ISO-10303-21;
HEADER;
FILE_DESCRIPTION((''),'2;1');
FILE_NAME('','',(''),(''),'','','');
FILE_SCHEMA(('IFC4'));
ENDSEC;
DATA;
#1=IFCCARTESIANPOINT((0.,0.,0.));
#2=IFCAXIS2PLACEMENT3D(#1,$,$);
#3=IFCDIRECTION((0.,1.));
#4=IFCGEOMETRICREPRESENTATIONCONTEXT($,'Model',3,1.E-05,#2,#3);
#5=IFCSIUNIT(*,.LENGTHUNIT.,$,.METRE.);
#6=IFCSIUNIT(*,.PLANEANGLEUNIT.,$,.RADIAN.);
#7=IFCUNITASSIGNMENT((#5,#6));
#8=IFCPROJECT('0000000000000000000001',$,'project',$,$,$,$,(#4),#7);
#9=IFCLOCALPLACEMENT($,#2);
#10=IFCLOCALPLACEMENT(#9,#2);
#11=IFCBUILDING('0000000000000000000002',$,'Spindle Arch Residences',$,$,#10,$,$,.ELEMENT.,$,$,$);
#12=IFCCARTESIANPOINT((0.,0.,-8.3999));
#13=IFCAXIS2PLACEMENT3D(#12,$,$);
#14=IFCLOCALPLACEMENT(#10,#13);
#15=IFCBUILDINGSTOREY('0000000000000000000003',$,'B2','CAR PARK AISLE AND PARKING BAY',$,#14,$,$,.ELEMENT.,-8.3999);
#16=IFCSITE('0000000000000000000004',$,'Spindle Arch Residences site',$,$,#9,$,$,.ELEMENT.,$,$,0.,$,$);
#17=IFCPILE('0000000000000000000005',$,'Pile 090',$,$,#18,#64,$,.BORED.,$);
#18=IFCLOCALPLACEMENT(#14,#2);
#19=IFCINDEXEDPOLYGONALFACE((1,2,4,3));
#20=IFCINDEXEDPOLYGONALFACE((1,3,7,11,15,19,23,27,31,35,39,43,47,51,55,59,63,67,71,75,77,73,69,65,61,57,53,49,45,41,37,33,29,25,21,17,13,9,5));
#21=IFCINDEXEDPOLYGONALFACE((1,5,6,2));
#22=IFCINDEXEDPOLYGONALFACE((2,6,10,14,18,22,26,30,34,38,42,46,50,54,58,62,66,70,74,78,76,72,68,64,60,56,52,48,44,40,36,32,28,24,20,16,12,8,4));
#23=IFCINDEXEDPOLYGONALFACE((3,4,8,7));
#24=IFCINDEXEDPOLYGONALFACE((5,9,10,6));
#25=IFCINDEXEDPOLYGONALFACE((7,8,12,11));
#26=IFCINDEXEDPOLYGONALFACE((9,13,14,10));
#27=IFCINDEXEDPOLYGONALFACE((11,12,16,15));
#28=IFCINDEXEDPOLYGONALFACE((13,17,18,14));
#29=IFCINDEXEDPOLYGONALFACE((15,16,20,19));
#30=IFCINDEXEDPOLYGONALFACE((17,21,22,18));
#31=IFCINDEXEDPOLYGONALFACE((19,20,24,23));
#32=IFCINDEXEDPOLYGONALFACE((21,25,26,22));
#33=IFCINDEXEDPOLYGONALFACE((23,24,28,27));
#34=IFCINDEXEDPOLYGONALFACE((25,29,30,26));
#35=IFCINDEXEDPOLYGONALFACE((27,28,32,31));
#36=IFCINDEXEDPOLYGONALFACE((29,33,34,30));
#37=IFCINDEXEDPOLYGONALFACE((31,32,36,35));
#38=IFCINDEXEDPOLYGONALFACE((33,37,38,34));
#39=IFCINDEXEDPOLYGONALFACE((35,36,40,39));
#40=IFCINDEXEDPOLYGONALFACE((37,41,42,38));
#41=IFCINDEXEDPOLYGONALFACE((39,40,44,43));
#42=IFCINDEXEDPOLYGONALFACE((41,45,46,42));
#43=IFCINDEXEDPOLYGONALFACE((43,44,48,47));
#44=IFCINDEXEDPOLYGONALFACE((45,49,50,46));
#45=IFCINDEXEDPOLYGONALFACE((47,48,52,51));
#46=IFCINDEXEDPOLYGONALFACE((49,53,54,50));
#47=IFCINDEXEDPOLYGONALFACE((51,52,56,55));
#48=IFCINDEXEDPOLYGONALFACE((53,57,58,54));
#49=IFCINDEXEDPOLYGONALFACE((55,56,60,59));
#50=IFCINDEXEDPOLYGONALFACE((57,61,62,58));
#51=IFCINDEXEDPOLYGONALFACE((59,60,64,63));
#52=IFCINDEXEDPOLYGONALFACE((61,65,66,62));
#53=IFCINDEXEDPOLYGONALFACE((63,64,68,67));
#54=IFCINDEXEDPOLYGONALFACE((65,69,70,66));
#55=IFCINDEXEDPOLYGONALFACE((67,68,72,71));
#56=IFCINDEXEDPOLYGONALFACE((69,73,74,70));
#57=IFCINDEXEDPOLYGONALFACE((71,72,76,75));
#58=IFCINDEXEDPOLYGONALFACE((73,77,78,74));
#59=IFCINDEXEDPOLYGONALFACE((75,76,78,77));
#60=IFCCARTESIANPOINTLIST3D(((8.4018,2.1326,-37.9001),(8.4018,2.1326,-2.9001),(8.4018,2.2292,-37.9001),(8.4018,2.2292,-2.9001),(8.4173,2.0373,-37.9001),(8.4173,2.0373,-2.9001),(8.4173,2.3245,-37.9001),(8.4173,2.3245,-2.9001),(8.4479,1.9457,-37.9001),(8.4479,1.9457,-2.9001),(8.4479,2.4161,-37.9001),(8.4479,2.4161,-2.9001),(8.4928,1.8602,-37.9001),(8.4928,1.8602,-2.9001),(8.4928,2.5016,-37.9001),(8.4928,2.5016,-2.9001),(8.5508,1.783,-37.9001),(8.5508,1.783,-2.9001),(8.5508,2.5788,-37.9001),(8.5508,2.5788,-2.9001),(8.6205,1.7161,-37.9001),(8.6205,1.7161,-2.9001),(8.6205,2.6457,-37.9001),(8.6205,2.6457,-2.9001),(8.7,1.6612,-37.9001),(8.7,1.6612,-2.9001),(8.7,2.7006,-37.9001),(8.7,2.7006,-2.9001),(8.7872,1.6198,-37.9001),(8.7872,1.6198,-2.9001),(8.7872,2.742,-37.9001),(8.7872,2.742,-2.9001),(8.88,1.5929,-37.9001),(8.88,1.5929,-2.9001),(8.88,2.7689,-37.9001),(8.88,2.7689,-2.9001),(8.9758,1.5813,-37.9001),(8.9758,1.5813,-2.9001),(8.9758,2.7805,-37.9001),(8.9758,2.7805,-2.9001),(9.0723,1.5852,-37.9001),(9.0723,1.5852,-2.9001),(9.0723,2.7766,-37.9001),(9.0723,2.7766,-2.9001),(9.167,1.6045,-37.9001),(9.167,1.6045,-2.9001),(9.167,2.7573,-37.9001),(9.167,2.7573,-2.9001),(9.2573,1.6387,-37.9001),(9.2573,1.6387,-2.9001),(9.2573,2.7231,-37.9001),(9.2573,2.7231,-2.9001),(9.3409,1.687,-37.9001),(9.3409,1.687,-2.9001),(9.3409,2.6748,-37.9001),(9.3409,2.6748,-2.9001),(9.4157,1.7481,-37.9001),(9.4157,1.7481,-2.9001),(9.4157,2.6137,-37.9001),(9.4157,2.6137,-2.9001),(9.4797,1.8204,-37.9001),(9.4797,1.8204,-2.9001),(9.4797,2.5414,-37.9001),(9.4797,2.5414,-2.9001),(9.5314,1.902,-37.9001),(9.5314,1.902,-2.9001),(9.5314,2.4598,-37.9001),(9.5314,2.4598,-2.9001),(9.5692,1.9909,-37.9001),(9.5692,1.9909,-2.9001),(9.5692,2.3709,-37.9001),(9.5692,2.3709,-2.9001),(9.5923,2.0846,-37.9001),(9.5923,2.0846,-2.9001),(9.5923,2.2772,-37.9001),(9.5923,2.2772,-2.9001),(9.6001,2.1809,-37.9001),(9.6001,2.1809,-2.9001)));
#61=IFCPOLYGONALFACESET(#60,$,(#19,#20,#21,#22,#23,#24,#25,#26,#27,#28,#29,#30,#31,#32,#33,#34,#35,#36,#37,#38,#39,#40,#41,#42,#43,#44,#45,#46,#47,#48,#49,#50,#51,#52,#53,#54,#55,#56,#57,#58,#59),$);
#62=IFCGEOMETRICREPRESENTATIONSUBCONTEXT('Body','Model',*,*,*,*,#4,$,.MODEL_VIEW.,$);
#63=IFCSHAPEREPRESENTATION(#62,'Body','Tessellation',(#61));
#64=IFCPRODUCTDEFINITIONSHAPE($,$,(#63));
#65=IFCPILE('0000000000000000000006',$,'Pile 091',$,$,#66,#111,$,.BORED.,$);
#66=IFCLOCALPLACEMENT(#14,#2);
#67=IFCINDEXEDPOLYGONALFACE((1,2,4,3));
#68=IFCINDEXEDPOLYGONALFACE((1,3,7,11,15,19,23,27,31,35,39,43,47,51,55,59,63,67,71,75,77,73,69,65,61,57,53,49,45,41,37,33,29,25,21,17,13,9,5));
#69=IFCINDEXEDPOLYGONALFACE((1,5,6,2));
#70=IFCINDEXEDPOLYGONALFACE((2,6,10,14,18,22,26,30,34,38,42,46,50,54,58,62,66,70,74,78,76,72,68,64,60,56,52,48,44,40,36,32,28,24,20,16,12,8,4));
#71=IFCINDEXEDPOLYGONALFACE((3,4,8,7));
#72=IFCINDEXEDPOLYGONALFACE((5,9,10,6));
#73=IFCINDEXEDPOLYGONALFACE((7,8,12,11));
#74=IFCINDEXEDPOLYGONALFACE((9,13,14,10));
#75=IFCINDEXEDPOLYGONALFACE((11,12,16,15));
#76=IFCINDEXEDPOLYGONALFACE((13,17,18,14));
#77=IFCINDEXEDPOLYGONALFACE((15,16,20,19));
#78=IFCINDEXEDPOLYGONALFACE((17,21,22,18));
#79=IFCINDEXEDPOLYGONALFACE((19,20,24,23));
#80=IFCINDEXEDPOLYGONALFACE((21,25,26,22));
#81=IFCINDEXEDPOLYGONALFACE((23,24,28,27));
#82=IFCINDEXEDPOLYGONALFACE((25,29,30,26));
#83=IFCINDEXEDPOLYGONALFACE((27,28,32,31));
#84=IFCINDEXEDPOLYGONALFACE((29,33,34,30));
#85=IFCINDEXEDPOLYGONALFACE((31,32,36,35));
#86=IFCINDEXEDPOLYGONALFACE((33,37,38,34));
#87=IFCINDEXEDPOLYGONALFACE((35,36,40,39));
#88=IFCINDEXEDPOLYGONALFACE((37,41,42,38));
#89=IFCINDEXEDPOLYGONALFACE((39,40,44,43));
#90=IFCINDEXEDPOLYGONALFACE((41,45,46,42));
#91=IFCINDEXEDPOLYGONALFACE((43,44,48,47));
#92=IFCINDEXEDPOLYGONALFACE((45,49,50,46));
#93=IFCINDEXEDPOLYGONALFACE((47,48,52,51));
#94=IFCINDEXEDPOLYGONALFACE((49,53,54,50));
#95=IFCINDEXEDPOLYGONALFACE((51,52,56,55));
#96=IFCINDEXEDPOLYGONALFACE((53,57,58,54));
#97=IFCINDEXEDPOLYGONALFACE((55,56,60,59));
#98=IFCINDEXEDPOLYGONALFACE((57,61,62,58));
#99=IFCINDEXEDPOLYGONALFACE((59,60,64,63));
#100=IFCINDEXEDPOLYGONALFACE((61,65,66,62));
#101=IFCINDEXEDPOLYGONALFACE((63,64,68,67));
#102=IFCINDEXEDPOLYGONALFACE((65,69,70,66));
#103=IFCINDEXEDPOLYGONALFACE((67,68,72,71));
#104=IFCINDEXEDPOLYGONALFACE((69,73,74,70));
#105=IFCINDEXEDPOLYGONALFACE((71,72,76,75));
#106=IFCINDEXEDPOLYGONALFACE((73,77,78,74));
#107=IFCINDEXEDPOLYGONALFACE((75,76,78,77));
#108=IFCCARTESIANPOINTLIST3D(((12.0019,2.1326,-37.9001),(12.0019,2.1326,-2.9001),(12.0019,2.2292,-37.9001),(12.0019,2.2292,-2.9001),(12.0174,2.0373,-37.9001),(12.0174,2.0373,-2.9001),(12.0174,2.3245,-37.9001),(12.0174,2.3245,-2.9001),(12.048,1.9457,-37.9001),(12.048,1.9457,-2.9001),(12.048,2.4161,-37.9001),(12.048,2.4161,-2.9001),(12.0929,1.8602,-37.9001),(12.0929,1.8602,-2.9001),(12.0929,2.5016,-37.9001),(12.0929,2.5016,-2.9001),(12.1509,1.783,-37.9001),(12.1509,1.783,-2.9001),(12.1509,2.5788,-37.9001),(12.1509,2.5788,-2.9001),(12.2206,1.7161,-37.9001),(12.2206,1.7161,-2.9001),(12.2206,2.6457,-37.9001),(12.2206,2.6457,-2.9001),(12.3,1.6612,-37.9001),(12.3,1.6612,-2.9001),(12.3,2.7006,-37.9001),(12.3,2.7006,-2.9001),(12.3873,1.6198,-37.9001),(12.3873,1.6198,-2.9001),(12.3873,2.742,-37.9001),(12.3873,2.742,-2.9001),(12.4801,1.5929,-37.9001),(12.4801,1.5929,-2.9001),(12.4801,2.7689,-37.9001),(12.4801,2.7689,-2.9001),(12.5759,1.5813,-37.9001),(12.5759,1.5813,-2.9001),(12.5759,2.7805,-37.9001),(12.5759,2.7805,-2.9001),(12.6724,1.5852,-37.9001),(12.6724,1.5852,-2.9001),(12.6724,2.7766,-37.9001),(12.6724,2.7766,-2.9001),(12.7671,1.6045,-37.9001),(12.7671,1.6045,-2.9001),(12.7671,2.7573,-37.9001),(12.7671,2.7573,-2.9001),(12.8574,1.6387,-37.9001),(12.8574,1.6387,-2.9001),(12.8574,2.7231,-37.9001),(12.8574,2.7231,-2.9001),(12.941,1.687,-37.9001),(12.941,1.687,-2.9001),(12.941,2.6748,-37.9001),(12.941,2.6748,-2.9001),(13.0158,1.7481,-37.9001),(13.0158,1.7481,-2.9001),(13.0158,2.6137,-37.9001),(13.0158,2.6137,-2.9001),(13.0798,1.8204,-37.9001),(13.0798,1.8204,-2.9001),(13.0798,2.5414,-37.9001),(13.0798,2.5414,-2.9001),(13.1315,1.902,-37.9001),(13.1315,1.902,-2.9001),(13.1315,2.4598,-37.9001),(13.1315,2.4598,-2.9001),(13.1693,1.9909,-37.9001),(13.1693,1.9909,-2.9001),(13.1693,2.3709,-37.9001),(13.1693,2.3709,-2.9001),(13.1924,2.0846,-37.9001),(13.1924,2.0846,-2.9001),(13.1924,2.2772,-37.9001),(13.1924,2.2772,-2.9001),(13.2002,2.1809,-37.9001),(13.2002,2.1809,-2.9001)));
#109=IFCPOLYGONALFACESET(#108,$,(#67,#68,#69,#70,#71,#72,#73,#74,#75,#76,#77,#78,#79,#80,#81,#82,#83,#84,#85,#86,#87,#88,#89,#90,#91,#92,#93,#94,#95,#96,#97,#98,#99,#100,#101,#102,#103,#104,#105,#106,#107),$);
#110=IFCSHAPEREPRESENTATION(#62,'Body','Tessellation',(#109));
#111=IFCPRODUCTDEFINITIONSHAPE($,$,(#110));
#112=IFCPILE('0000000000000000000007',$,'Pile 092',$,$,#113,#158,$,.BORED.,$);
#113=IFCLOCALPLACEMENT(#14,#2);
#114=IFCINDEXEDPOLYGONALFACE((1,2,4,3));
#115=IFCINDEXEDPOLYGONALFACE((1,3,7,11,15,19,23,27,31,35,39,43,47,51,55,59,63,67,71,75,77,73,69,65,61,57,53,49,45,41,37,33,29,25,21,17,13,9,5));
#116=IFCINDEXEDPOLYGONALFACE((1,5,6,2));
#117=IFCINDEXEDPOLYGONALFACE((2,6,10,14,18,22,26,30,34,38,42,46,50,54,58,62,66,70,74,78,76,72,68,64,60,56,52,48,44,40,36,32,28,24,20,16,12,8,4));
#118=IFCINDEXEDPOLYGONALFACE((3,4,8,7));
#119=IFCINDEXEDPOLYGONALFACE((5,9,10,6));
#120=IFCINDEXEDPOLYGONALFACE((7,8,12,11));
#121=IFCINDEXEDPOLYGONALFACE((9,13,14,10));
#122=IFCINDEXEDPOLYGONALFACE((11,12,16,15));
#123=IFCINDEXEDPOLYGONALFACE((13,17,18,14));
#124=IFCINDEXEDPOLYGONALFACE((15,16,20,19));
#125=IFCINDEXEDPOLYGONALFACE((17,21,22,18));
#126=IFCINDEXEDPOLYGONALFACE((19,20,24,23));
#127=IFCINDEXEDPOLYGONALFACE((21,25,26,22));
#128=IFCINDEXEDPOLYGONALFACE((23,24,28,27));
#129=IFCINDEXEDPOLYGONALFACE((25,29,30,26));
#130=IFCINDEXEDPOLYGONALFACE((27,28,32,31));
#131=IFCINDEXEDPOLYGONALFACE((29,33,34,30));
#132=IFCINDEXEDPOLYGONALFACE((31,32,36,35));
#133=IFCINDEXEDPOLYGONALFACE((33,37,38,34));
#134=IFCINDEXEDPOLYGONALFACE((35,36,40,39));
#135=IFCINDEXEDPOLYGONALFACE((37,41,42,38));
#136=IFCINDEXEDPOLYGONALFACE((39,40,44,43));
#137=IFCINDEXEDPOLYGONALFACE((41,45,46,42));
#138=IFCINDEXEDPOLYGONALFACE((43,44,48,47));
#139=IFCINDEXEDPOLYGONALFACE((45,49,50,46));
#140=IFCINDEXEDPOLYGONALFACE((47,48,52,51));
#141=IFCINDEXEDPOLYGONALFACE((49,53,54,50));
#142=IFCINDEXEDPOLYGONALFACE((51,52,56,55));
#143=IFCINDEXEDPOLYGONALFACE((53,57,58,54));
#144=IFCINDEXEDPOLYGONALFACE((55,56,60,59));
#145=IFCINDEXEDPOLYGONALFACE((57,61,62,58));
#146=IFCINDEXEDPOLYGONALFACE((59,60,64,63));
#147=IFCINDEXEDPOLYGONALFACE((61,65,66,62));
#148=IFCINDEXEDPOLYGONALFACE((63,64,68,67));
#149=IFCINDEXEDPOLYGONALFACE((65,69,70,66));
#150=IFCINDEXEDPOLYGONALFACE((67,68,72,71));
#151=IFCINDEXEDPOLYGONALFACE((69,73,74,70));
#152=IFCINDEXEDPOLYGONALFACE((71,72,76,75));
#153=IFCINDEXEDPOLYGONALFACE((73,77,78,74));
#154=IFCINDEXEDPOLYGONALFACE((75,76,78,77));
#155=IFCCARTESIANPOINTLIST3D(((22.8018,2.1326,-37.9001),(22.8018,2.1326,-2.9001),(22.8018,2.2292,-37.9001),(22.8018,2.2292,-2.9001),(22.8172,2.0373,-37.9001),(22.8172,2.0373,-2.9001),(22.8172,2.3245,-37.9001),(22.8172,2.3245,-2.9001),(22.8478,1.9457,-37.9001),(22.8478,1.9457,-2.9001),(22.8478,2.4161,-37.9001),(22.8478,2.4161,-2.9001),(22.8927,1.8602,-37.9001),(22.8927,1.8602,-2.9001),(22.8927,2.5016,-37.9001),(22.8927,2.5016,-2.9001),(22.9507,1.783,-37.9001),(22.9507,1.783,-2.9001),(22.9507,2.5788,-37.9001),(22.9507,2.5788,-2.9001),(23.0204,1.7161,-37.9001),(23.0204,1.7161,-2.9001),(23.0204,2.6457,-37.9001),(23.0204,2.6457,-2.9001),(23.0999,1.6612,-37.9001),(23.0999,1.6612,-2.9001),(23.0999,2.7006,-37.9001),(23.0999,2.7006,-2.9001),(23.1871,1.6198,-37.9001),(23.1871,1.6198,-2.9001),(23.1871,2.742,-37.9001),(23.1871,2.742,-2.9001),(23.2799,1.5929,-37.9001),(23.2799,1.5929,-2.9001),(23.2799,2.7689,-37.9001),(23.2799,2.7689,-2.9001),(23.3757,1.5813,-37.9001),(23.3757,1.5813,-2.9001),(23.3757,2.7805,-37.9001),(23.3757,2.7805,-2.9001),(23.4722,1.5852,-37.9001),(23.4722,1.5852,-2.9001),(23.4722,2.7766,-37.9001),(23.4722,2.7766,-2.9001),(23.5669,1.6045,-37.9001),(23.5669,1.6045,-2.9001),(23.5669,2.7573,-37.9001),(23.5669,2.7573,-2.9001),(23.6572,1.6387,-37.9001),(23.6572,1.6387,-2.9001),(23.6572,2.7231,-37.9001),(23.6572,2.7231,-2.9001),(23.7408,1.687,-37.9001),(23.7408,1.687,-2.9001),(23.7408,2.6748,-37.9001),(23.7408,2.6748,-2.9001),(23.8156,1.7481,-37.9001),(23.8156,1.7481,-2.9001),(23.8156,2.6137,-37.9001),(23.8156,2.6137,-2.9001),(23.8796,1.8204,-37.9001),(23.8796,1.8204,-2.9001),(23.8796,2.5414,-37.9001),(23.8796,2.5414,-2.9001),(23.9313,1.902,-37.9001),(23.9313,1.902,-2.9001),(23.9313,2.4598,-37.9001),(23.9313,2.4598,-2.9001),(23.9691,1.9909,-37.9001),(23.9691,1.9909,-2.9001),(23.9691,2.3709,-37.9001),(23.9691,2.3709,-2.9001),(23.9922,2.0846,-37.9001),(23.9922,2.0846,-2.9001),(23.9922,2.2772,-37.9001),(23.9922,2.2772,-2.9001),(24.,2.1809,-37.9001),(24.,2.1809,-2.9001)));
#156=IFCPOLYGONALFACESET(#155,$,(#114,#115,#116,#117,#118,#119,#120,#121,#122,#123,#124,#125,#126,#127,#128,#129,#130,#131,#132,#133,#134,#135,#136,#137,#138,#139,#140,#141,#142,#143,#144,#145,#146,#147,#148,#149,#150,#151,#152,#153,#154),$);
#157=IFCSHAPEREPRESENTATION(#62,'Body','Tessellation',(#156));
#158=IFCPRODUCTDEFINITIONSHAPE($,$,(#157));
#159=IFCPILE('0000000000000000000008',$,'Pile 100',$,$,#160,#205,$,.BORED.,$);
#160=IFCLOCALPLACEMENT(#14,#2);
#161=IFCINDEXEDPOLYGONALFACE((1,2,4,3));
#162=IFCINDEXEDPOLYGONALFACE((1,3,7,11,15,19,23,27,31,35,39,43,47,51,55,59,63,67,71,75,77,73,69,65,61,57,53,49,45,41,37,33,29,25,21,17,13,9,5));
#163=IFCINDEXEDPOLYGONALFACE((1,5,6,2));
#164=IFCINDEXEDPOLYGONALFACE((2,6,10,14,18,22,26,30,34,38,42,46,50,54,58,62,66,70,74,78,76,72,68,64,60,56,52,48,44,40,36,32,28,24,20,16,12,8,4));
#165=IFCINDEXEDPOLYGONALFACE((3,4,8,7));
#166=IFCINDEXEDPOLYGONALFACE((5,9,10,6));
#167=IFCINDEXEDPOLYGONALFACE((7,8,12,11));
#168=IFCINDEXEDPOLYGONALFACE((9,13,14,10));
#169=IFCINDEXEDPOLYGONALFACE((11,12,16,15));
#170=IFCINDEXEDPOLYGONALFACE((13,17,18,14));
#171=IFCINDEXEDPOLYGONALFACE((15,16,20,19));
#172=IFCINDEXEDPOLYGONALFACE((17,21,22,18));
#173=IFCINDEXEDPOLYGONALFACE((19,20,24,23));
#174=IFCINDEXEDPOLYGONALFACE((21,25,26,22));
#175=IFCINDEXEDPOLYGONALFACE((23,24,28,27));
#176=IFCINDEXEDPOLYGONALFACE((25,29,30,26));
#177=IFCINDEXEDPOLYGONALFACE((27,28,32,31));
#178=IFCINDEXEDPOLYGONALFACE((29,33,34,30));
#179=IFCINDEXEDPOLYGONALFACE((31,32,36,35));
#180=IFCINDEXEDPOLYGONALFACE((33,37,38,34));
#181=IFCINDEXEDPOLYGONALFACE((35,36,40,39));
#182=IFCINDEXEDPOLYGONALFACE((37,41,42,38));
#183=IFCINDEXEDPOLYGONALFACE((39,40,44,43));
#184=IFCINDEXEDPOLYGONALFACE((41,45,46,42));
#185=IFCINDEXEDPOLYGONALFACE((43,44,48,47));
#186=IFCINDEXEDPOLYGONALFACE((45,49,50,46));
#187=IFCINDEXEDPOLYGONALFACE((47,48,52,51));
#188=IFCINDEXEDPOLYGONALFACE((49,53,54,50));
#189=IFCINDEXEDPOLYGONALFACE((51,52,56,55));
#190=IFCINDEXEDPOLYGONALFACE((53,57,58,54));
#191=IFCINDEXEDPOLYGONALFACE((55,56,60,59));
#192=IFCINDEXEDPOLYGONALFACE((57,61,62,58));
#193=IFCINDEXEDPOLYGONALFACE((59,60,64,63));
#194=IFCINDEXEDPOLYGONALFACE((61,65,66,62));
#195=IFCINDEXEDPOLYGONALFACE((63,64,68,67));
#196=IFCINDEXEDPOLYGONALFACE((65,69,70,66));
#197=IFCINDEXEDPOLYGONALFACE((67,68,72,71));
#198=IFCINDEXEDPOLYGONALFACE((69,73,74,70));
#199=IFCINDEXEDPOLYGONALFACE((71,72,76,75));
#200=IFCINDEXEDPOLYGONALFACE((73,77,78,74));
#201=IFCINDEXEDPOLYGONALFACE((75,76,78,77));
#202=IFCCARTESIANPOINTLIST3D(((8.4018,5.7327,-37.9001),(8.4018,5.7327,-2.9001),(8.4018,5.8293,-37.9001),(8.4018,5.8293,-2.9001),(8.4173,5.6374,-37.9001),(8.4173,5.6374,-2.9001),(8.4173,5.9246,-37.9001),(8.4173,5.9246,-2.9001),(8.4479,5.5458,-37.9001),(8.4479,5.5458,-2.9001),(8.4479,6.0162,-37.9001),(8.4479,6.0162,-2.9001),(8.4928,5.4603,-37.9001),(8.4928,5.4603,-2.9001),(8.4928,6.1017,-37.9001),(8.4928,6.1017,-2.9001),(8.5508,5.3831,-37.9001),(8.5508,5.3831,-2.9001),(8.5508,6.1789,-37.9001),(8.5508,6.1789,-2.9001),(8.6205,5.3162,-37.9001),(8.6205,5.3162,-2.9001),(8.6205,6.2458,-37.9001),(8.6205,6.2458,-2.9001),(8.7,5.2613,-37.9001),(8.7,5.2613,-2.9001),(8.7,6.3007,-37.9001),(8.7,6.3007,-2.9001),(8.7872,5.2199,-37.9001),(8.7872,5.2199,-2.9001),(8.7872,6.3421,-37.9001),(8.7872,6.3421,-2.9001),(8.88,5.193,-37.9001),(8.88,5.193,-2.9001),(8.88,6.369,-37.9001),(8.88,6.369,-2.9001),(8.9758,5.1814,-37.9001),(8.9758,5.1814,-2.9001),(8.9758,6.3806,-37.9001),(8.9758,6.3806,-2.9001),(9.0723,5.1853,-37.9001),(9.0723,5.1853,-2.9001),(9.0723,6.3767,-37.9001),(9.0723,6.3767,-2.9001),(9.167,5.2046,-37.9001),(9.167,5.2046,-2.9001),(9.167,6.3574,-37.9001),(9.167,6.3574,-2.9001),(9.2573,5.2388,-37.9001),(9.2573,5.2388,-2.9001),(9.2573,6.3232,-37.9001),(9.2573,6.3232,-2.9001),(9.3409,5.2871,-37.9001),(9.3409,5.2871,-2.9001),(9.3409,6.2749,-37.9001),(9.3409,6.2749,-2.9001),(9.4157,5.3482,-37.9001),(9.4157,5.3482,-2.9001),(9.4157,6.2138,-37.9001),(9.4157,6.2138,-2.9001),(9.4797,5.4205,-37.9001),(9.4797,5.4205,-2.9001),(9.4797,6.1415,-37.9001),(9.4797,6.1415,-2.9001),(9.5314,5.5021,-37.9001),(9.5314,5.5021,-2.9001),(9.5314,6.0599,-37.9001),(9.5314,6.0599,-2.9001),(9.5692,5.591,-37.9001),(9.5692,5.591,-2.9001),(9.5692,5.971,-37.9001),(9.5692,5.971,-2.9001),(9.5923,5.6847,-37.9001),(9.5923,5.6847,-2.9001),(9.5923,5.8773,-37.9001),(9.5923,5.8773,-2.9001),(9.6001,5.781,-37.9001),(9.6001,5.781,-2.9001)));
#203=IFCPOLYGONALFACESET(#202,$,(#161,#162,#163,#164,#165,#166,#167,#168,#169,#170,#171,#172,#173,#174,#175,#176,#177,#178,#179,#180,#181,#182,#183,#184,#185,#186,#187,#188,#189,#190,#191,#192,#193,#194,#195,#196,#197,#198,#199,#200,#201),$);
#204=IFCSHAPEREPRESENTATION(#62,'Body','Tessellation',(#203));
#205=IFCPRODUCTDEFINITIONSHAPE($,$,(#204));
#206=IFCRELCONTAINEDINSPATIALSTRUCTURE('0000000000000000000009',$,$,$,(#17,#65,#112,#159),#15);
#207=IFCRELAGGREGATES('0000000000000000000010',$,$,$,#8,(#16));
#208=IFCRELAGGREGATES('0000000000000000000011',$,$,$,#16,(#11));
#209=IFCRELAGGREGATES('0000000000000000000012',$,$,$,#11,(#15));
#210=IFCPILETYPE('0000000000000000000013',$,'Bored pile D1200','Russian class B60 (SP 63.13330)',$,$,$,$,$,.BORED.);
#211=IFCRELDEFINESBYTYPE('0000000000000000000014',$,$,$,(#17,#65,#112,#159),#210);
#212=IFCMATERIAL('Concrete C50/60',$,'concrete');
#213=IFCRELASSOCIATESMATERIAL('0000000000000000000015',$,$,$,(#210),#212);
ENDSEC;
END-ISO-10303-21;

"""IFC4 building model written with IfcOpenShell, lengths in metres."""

from ifc_helpers import new_model, si_unit, direction, frame, origin, origin_2d, place, context, subcontext, project, spatial, circle, extrude, material, material_profile, profile_set, type_object, element, save


model = new_model("IFC4")

# Units and contexts
model_context = context("Model", 3, precision=1e-05, world=origin(), true_north=direction((0.0, 1.0)))
body_context = subcontext(model_context, "Body", "Model", "MODEL_VIEW")
ifc_project = project(units=[si_unit("LENGTHUNIT", "METRE"), si_unit("PLANEANGLEUNIT", "RADIAN")], contexts=[model_context])

# Site, building, storey
site_placement = place(None, origin())
site = spatial("IfcSite", under=ifc_project, at=site_placement, Name="Spindle Arch Residences site", CompositionType="ELEMENT", RefElevation=0.0)
building_placement = place(site_placement, origin())
building = spatial("IfcBuilding", under=site, at=building_placement, Name="Spindle Arch Residences", CompositionType="ELEMENT")
storey_placement = place(building_placement, frame((0.0, 0.0, -8.3999)))
storey = spatial("IfcBuildingStorey", under=building, at=storey_placement, Name="B2", Description="CAR PARK AISLE AND PARKING BAY", CompositionType="ELEMENT", Elevation=-8.3999)

# Piles
ifc_material_1 = material(Name="Concrete C50/60", Category="concrete")
ifc_material_profile_1 = material_profile(ifc_material_1, circle(Radius=0.6001, at=origin_2d()), Name="BP D1200")
ifc_profile_set_1 = profile_set([ifc_material_profile_1], Name="Concrete C50/60")
pile_type = type_object("IfcPileType", Name="Bored pile D1200", Description="Russian class B60 (SP 63.13330)", PredefinedType="BORED", material=ifc_profile_set_1)
for number, where, z_axis, x_axis, name in (
    (1, (9.0, 2.1809, -2.9001), (0.0, 0.0, -1.0), (1.0, 0.0, 0.0), "Pile 090"),
    (2, (12.6001, 2.1809, -2.9001), (0.0, 0.0, -1.0), (1.0, 0.0, 0.0), "Pile 091"),
    (3, (23.3999, 2.1809, -2.9001), (0.0, 0.0, -1.0), (1.0, 0.0, 0.0), "Pile 092"),
    (4, (9.0, 5.781, -2.9001), (0.0, 0.0, -1.0), (1.0, 0.0, 0.0), "Pile 100"),
):
    element("IfcPile", number, at=place(storey_placement, frame(where, z_axis=z_axis, x_axis=x_axis)), inside=storey, type_object=pile_type, Name=name, PredefinedType="BORED", context=body_context, shape_type="SweptSolid", body=[
        extrude(circle(Radius=0.6001, at=origin_2d()), origin(), (0.0, 0.0, 1.0), 35.0),
    ])

save(model, "model.ifc")
